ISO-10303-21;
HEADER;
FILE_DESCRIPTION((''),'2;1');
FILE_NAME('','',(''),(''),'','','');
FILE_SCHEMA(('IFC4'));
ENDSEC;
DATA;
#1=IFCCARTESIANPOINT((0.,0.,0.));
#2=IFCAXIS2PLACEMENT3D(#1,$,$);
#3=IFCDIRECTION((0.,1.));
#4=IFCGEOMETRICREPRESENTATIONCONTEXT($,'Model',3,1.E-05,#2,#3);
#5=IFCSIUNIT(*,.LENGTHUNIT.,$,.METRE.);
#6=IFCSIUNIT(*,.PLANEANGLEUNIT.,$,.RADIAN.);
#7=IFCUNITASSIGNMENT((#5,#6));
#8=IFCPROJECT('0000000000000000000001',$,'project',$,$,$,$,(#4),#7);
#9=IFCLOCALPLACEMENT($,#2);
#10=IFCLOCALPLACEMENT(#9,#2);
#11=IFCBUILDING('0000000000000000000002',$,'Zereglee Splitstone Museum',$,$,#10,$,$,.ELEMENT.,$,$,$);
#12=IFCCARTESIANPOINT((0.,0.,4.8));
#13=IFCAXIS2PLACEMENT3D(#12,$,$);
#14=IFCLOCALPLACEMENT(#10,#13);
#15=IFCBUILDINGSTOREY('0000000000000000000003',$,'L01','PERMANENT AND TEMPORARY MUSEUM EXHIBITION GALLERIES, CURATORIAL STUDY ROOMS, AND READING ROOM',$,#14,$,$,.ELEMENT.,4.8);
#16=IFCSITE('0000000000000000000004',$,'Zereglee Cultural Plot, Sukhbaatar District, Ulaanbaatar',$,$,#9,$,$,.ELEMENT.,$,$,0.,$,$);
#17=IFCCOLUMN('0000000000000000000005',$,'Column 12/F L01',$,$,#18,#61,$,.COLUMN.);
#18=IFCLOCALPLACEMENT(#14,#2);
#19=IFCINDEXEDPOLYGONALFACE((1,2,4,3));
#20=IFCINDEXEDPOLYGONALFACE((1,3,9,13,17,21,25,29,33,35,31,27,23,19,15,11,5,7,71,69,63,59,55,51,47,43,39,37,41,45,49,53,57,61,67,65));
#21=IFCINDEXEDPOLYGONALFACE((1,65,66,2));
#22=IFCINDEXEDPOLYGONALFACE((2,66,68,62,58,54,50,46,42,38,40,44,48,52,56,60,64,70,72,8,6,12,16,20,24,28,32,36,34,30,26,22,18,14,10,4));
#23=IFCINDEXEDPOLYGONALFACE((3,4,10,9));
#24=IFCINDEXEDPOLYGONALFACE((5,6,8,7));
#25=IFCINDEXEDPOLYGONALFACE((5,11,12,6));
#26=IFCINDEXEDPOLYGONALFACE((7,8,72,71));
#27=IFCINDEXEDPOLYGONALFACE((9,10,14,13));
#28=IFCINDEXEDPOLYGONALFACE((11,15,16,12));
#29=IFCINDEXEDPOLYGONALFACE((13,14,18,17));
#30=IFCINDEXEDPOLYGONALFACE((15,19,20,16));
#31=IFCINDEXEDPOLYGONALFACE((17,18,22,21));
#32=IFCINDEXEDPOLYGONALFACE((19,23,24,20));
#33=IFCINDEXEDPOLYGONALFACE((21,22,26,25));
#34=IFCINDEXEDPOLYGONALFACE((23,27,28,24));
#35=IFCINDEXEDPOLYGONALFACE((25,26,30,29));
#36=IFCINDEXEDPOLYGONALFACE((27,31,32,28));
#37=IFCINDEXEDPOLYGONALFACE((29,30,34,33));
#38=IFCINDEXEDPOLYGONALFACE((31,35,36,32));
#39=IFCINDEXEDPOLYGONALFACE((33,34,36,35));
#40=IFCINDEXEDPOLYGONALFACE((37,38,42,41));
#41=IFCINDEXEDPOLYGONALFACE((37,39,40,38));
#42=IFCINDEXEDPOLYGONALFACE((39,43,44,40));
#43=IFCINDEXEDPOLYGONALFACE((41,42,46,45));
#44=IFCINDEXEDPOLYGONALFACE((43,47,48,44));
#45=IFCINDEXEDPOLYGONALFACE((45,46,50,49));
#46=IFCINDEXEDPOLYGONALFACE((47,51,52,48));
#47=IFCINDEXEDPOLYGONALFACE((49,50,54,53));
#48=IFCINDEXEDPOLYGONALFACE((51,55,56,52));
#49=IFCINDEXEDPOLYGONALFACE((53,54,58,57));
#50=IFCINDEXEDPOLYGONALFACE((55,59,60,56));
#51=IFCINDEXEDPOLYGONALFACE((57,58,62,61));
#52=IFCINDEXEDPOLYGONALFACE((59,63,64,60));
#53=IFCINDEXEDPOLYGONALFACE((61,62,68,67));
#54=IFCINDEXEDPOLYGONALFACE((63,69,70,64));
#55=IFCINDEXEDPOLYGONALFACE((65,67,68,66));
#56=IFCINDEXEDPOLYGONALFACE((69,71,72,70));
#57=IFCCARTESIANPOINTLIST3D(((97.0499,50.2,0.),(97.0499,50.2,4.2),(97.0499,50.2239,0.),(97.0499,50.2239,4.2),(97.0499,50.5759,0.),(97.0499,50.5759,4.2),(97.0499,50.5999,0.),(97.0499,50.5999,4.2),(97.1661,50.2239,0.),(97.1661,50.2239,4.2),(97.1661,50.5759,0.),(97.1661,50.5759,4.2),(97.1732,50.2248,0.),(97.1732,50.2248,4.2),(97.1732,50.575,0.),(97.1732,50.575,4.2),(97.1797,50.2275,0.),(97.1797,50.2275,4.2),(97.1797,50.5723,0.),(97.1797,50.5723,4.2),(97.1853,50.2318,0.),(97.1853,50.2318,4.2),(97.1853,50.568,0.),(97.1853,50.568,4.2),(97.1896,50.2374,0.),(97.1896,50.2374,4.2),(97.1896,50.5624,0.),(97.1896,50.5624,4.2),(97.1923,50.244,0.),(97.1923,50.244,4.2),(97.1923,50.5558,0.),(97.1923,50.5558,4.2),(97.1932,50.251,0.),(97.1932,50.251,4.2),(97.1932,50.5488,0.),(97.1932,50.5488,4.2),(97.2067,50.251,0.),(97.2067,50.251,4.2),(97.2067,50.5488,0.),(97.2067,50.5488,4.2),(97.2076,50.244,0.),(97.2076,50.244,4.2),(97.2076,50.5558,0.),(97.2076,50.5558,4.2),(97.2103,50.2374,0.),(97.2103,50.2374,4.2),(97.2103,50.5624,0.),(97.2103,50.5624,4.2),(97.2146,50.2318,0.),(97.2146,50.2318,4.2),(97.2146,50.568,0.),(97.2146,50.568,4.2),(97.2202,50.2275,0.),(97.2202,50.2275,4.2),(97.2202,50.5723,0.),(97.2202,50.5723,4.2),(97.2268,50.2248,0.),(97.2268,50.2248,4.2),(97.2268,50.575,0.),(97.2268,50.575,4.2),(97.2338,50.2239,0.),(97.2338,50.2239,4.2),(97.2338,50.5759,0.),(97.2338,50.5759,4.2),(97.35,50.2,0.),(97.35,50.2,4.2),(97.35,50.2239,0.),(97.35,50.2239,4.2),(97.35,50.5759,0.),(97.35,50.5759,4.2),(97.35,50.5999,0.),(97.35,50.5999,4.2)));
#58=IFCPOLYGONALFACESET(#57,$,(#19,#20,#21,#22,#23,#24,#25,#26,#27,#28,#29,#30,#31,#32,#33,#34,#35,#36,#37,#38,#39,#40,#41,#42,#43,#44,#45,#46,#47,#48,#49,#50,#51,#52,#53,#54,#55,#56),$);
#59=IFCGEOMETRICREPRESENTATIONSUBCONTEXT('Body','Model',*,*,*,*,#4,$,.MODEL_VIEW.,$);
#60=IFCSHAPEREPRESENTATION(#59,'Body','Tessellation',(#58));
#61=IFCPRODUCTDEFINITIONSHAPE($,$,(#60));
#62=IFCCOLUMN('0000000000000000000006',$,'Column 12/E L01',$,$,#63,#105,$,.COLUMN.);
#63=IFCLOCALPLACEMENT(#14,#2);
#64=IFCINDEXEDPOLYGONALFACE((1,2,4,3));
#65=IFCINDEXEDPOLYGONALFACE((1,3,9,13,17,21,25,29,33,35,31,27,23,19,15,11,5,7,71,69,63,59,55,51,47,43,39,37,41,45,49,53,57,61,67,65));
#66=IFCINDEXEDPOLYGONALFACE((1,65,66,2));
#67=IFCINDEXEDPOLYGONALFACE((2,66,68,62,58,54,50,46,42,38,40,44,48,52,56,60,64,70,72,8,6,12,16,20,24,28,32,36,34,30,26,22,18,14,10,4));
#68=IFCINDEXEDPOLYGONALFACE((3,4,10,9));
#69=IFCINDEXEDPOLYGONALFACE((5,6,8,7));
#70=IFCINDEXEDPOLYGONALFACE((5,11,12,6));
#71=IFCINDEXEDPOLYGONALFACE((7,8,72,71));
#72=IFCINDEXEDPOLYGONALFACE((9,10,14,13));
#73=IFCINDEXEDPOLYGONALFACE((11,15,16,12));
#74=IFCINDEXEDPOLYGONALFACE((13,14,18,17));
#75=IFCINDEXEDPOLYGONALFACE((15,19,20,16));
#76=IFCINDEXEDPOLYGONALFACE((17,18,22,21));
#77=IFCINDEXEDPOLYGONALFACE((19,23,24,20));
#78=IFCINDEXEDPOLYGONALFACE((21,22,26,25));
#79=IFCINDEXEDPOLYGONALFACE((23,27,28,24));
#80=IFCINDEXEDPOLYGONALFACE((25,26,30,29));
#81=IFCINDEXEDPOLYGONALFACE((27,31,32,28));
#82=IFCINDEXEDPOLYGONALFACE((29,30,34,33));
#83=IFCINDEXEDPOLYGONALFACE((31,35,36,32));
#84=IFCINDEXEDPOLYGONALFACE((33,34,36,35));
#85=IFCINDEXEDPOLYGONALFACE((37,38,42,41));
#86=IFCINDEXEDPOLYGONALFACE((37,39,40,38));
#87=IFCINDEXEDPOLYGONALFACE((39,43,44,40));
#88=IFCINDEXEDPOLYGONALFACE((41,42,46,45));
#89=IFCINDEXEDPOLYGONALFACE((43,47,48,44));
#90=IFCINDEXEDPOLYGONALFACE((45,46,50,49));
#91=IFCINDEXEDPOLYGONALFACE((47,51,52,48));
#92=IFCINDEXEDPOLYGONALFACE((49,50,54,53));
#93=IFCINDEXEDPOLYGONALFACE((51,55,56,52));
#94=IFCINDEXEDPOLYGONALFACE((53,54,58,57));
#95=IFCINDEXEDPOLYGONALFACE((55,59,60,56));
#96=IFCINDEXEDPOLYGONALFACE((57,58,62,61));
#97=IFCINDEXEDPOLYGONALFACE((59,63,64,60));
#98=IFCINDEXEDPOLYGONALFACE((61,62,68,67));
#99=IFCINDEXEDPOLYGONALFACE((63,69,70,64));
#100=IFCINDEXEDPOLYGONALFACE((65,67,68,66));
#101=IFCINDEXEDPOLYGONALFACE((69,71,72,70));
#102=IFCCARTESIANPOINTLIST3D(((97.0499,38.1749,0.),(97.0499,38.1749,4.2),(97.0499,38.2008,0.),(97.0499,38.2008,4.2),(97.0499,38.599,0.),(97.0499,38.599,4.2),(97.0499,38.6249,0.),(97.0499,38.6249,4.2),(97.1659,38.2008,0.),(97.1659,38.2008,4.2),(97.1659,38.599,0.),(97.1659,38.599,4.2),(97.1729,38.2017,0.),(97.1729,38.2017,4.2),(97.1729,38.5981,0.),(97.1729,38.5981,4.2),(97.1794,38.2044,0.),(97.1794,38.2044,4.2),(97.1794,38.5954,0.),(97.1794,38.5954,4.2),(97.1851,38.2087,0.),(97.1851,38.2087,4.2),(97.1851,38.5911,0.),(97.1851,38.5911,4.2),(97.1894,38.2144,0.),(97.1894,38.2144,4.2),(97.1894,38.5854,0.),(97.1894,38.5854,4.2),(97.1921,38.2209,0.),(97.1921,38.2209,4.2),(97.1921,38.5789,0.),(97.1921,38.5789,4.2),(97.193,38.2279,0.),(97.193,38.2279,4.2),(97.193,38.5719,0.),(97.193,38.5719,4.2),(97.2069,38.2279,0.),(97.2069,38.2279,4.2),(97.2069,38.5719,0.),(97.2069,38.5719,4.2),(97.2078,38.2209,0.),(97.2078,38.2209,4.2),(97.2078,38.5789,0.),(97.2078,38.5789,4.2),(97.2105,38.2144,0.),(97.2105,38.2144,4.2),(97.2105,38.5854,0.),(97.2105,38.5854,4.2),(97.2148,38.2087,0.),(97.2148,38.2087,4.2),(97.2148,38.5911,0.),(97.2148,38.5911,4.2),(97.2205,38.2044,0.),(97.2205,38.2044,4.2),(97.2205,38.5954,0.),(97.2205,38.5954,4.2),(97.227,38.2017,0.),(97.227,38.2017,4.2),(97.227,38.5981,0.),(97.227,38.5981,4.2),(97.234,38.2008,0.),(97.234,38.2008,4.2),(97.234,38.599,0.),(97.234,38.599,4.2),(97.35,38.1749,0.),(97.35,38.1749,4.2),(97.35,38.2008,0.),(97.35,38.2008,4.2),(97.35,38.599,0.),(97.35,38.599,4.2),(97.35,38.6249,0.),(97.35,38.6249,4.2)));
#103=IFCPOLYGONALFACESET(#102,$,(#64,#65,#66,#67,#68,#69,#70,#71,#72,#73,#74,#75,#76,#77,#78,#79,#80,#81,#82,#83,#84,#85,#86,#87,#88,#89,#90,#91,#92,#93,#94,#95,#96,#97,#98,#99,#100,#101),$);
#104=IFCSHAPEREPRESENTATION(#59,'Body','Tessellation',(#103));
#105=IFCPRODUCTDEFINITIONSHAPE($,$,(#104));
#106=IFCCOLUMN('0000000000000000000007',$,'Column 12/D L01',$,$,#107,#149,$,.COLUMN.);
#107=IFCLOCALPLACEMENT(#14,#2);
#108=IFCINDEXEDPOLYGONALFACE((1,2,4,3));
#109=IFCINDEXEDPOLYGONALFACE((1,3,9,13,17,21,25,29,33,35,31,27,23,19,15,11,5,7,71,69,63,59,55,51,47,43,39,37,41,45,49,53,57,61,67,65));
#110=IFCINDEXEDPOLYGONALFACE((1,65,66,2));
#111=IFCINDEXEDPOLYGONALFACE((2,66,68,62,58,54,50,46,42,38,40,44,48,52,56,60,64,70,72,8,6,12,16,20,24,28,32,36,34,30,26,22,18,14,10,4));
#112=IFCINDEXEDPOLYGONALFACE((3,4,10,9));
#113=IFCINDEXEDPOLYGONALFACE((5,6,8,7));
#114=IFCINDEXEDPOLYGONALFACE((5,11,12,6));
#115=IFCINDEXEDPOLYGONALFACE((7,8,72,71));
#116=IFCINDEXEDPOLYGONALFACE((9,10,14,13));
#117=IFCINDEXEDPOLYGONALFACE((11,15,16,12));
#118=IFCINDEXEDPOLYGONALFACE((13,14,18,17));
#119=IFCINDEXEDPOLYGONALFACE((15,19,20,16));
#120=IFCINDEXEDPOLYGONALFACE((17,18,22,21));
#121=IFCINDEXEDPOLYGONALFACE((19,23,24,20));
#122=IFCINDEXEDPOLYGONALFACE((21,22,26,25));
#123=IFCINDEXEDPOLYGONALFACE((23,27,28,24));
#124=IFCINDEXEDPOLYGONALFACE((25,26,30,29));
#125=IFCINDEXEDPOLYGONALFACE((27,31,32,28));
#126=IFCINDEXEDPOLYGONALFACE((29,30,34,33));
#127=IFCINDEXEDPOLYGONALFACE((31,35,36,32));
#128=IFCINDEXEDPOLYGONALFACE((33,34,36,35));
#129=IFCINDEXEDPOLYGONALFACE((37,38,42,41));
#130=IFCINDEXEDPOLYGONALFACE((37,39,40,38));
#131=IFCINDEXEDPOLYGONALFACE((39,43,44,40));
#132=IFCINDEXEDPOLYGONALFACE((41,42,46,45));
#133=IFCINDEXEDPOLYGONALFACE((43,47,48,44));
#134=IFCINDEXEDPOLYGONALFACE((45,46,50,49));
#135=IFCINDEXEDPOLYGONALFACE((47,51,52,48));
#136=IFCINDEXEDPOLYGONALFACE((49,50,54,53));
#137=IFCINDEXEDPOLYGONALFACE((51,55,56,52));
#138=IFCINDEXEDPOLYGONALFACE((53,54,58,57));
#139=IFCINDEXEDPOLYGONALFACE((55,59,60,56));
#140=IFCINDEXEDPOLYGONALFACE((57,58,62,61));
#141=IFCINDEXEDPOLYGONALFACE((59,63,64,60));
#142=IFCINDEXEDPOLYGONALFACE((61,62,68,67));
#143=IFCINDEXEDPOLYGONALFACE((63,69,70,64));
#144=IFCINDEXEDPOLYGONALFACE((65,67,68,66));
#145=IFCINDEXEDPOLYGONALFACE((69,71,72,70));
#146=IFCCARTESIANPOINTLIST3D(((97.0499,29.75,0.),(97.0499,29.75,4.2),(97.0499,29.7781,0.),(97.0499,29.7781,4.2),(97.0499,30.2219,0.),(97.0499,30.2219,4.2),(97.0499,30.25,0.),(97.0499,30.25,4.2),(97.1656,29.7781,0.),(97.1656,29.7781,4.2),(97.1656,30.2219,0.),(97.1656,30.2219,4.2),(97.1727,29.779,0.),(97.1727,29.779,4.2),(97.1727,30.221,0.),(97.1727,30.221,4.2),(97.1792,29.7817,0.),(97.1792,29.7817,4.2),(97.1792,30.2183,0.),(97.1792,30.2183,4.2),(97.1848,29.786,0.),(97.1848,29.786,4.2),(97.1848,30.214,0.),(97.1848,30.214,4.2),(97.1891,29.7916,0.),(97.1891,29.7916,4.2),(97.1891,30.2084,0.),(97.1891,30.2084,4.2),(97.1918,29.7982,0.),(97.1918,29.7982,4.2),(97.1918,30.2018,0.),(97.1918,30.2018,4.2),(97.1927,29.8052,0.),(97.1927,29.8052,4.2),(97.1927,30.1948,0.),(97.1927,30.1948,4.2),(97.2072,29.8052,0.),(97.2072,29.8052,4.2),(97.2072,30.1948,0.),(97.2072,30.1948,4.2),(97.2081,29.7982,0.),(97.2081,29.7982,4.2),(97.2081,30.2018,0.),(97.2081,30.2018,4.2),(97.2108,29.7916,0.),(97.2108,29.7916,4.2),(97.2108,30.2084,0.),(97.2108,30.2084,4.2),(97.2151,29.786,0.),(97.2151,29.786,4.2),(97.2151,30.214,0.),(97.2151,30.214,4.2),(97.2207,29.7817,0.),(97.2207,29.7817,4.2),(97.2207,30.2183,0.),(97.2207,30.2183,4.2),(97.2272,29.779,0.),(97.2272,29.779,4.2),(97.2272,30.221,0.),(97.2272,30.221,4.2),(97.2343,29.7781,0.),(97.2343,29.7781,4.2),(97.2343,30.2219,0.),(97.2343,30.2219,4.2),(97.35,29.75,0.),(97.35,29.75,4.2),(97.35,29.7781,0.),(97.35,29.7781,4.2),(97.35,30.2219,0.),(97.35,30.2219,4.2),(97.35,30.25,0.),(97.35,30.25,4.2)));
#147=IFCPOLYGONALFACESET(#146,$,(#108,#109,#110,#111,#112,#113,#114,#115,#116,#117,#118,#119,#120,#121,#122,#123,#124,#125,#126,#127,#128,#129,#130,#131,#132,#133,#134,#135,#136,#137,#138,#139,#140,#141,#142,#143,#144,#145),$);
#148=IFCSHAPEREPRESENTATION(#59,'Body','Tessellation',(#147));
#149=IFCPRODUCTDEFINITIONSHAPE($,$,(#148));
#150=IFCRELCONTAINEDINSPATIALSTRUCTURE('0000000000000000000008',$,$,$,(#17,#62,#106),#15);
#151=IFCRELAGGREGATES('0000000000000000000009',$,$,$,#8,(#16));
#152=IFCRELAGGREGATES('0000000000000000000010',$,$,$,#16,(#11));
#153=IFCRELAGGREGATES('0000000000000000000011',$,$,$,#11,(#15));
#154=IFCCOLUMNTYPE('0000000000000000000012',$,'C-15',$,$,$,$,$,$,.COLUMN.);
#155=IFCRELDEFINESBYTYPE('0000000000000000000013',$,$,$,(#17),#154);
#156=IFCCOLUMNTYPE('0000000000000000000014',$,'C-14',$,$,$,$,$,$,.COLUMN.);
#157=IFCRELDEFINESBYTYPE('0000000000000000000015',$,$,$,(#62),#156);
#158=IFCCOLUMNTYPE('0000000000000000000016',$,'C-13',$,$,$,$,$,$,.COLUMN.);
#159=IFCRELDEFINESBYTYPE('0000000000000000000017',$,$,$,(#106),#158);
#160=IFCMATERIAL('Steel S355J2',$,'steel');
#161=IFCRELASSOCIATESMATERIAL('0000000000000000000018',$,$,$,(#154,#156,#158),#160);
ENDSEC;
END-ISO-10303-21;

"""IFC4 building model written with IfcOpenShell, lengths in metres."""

from ifc_helpers import new_model, si_unit, direction, frame, origin, origin_2d, place, context, subcontext, project, spatial, i_section, extrude, material, material_profile, profile_set, type_object, element, save


model = new_model("IFC4")

# Units and contexts
model_context = context("Model", 3, precision=1e-05, world=origin(), true_north=direction((0.0, 1.0)))
body_context = subcontext(model_context, "Body", "Model", "MODEL_VIEW")
ifc_project = project(units=[si_unit("LENGTHUNIT", "METRE"), si_unit("PLANEANGLEUNIT", "RADIAN")], contexts=[model_context])

# Site, building, storey
site_placement = place(None, origin())
site = spatial("IfcSite", under=ifc_project, at=site_placement, Name="Zereglee Cultural Plot, Sukhbaatar District, Ulaanbaatar", CompositionType="ELEMENT", RefElevation=0.0)
building_placement = place(site_placement, origin())
building = spatial("IfcBuilding", under=site, at=building_placement, Name="Zereglee Splitstone Museum", CompositionType="ELEMENT")
storey_placement = place(building_placement, frame((0.0, 0.0, 4.8)))
storey = spatial("IfcBuildingStorey", under=building, at=storey_placement, Name="L01", Description="PERMANENT AND TEMPORARY MUSEUM EXHIBITION GALLERIES, CURATORIAL STUDY ROOMS, AND READING ROOM", CompositionType="ELEMENT", Elevation=4.8)

# Columns
ifc_material_1 = material(Name="Steel S355J2", Category="steel")
ifc_material_profile_1 = material_profile(ifc_material_1, i_section(OverallWidth=0.3, OverallDepth=0.3999, WebThickness=0.0134, FlangeThickness=0.0239, FilletRadius=0.0271, at=origin_2d()), Name="HE 400 B")
ifc_profile_set_1 = profile_set([ifc_material_profile_1], Name="Steel S355J2")
column_type_1 = type_object("IfcColumnType", Name="C-15", PredefinedType="COLUMN", material=ifc_profile_set_1)
column_1_placement = place(storey_placement, frame((97.2, 50.3999, 0.0), z_axis=(0.0, 0.0, 1.0), x_axis=(1.0, 0.0, 0.0)))
element("IfcColumn", 1, at=column_1_placement, inside=storey, type_object=column_type_1, Name="Column 12/F L01", PredefinedType="COLUMN", context=body_context, shape_type="SweptSolid", body=[
    extrude(i_section(OverallWidth=0.3, OverallDepth=0.3999, WebThickness=0.0134, FlangeThickness=0.0239, FilletRadius=0.0271, at=origin_2d()), origin(), (0.0, 0.0, 1.0), 4.2),
])
ifc_material_profile_2 = material_profile(ifc_material_1, i_section(OverallWidth=0.3, OverallDepth=0.45, WebThickness=0.0139, FlangeThickness=0.0259, FilletRadius=0.0271, at=origin_2d()), Name="HE 450 B")
ifc_profile_set_2 = profile_set([ifc_material_profile_2], Name="Steel S355J2")
column_type_2 = type_object("IfcColumnType", Name="C-14", PredefinedType="COLUMN", material=ifc_profile_set_2)
column_2_placement = place(storey_placement, frame((97.2, 38.3999, 0.0), z_axis=(0.0, 0.0, 1.0), x_axis=(1.0, 0.0, 0.0)))
element("IfcColumn", 2, at=column_2_placement, inside=storey, type_object=column_type_2, Name="Column 12/E L01", PredefinedType="COLUMN", context=body_context, shape_type="SweptSolid", body=[
    extrude(i_section(OverallWidth=0.3, OverallDepth=0.45, WebThickness=0.0139, FlangeThickness=0.0259, FilletRadius=0.0271, at=origin_2d()), origin(), (0.0, 0.0, 1.0), 4.2),
])
ifc_material_profile_3 = material_profile(ifc_material_1, i_section(OverallWidth=0.3, OverallDepth=0.5, WebThickness=0.0144, FlangeThickness=0.0281, FilletRadius=0.0271, at=origin_2d()), Name="HE 500 B")
ifc_profile_set_3 = profile_set([ifc_material_profile_3], Name="Steel S355J2")
column_type_3 = type_object("IfcColumnType", Name="C-13", PredefinedType="COLUMN", material=ifc_profile_set_3)
column_3_placement = place(storey_placement, frame((97.2, 30.0, 0.0), z_axis=(0.0, 0.0, 1.0), x_axis=(1.0, 0.0, 0.0)))
element("IfcColumn", 3, at=column_3_placement, inside=storey, type_object=column_type_3, Name="Column 12/D L01", PredefinedType="COLUMN", context=body_context, shape_type="SweptSolid", body=[
    extrude(i_section(OverallWidth=0.3, OverallDepth=0.5, WebThickness=0.0144, FlangeThickness=0.0281, FilletRadius=0.0271, at=origin_2d()), origin(), (0.0, 0.0, 1.0), 4.2),
])

save(model, "model.ifc")
